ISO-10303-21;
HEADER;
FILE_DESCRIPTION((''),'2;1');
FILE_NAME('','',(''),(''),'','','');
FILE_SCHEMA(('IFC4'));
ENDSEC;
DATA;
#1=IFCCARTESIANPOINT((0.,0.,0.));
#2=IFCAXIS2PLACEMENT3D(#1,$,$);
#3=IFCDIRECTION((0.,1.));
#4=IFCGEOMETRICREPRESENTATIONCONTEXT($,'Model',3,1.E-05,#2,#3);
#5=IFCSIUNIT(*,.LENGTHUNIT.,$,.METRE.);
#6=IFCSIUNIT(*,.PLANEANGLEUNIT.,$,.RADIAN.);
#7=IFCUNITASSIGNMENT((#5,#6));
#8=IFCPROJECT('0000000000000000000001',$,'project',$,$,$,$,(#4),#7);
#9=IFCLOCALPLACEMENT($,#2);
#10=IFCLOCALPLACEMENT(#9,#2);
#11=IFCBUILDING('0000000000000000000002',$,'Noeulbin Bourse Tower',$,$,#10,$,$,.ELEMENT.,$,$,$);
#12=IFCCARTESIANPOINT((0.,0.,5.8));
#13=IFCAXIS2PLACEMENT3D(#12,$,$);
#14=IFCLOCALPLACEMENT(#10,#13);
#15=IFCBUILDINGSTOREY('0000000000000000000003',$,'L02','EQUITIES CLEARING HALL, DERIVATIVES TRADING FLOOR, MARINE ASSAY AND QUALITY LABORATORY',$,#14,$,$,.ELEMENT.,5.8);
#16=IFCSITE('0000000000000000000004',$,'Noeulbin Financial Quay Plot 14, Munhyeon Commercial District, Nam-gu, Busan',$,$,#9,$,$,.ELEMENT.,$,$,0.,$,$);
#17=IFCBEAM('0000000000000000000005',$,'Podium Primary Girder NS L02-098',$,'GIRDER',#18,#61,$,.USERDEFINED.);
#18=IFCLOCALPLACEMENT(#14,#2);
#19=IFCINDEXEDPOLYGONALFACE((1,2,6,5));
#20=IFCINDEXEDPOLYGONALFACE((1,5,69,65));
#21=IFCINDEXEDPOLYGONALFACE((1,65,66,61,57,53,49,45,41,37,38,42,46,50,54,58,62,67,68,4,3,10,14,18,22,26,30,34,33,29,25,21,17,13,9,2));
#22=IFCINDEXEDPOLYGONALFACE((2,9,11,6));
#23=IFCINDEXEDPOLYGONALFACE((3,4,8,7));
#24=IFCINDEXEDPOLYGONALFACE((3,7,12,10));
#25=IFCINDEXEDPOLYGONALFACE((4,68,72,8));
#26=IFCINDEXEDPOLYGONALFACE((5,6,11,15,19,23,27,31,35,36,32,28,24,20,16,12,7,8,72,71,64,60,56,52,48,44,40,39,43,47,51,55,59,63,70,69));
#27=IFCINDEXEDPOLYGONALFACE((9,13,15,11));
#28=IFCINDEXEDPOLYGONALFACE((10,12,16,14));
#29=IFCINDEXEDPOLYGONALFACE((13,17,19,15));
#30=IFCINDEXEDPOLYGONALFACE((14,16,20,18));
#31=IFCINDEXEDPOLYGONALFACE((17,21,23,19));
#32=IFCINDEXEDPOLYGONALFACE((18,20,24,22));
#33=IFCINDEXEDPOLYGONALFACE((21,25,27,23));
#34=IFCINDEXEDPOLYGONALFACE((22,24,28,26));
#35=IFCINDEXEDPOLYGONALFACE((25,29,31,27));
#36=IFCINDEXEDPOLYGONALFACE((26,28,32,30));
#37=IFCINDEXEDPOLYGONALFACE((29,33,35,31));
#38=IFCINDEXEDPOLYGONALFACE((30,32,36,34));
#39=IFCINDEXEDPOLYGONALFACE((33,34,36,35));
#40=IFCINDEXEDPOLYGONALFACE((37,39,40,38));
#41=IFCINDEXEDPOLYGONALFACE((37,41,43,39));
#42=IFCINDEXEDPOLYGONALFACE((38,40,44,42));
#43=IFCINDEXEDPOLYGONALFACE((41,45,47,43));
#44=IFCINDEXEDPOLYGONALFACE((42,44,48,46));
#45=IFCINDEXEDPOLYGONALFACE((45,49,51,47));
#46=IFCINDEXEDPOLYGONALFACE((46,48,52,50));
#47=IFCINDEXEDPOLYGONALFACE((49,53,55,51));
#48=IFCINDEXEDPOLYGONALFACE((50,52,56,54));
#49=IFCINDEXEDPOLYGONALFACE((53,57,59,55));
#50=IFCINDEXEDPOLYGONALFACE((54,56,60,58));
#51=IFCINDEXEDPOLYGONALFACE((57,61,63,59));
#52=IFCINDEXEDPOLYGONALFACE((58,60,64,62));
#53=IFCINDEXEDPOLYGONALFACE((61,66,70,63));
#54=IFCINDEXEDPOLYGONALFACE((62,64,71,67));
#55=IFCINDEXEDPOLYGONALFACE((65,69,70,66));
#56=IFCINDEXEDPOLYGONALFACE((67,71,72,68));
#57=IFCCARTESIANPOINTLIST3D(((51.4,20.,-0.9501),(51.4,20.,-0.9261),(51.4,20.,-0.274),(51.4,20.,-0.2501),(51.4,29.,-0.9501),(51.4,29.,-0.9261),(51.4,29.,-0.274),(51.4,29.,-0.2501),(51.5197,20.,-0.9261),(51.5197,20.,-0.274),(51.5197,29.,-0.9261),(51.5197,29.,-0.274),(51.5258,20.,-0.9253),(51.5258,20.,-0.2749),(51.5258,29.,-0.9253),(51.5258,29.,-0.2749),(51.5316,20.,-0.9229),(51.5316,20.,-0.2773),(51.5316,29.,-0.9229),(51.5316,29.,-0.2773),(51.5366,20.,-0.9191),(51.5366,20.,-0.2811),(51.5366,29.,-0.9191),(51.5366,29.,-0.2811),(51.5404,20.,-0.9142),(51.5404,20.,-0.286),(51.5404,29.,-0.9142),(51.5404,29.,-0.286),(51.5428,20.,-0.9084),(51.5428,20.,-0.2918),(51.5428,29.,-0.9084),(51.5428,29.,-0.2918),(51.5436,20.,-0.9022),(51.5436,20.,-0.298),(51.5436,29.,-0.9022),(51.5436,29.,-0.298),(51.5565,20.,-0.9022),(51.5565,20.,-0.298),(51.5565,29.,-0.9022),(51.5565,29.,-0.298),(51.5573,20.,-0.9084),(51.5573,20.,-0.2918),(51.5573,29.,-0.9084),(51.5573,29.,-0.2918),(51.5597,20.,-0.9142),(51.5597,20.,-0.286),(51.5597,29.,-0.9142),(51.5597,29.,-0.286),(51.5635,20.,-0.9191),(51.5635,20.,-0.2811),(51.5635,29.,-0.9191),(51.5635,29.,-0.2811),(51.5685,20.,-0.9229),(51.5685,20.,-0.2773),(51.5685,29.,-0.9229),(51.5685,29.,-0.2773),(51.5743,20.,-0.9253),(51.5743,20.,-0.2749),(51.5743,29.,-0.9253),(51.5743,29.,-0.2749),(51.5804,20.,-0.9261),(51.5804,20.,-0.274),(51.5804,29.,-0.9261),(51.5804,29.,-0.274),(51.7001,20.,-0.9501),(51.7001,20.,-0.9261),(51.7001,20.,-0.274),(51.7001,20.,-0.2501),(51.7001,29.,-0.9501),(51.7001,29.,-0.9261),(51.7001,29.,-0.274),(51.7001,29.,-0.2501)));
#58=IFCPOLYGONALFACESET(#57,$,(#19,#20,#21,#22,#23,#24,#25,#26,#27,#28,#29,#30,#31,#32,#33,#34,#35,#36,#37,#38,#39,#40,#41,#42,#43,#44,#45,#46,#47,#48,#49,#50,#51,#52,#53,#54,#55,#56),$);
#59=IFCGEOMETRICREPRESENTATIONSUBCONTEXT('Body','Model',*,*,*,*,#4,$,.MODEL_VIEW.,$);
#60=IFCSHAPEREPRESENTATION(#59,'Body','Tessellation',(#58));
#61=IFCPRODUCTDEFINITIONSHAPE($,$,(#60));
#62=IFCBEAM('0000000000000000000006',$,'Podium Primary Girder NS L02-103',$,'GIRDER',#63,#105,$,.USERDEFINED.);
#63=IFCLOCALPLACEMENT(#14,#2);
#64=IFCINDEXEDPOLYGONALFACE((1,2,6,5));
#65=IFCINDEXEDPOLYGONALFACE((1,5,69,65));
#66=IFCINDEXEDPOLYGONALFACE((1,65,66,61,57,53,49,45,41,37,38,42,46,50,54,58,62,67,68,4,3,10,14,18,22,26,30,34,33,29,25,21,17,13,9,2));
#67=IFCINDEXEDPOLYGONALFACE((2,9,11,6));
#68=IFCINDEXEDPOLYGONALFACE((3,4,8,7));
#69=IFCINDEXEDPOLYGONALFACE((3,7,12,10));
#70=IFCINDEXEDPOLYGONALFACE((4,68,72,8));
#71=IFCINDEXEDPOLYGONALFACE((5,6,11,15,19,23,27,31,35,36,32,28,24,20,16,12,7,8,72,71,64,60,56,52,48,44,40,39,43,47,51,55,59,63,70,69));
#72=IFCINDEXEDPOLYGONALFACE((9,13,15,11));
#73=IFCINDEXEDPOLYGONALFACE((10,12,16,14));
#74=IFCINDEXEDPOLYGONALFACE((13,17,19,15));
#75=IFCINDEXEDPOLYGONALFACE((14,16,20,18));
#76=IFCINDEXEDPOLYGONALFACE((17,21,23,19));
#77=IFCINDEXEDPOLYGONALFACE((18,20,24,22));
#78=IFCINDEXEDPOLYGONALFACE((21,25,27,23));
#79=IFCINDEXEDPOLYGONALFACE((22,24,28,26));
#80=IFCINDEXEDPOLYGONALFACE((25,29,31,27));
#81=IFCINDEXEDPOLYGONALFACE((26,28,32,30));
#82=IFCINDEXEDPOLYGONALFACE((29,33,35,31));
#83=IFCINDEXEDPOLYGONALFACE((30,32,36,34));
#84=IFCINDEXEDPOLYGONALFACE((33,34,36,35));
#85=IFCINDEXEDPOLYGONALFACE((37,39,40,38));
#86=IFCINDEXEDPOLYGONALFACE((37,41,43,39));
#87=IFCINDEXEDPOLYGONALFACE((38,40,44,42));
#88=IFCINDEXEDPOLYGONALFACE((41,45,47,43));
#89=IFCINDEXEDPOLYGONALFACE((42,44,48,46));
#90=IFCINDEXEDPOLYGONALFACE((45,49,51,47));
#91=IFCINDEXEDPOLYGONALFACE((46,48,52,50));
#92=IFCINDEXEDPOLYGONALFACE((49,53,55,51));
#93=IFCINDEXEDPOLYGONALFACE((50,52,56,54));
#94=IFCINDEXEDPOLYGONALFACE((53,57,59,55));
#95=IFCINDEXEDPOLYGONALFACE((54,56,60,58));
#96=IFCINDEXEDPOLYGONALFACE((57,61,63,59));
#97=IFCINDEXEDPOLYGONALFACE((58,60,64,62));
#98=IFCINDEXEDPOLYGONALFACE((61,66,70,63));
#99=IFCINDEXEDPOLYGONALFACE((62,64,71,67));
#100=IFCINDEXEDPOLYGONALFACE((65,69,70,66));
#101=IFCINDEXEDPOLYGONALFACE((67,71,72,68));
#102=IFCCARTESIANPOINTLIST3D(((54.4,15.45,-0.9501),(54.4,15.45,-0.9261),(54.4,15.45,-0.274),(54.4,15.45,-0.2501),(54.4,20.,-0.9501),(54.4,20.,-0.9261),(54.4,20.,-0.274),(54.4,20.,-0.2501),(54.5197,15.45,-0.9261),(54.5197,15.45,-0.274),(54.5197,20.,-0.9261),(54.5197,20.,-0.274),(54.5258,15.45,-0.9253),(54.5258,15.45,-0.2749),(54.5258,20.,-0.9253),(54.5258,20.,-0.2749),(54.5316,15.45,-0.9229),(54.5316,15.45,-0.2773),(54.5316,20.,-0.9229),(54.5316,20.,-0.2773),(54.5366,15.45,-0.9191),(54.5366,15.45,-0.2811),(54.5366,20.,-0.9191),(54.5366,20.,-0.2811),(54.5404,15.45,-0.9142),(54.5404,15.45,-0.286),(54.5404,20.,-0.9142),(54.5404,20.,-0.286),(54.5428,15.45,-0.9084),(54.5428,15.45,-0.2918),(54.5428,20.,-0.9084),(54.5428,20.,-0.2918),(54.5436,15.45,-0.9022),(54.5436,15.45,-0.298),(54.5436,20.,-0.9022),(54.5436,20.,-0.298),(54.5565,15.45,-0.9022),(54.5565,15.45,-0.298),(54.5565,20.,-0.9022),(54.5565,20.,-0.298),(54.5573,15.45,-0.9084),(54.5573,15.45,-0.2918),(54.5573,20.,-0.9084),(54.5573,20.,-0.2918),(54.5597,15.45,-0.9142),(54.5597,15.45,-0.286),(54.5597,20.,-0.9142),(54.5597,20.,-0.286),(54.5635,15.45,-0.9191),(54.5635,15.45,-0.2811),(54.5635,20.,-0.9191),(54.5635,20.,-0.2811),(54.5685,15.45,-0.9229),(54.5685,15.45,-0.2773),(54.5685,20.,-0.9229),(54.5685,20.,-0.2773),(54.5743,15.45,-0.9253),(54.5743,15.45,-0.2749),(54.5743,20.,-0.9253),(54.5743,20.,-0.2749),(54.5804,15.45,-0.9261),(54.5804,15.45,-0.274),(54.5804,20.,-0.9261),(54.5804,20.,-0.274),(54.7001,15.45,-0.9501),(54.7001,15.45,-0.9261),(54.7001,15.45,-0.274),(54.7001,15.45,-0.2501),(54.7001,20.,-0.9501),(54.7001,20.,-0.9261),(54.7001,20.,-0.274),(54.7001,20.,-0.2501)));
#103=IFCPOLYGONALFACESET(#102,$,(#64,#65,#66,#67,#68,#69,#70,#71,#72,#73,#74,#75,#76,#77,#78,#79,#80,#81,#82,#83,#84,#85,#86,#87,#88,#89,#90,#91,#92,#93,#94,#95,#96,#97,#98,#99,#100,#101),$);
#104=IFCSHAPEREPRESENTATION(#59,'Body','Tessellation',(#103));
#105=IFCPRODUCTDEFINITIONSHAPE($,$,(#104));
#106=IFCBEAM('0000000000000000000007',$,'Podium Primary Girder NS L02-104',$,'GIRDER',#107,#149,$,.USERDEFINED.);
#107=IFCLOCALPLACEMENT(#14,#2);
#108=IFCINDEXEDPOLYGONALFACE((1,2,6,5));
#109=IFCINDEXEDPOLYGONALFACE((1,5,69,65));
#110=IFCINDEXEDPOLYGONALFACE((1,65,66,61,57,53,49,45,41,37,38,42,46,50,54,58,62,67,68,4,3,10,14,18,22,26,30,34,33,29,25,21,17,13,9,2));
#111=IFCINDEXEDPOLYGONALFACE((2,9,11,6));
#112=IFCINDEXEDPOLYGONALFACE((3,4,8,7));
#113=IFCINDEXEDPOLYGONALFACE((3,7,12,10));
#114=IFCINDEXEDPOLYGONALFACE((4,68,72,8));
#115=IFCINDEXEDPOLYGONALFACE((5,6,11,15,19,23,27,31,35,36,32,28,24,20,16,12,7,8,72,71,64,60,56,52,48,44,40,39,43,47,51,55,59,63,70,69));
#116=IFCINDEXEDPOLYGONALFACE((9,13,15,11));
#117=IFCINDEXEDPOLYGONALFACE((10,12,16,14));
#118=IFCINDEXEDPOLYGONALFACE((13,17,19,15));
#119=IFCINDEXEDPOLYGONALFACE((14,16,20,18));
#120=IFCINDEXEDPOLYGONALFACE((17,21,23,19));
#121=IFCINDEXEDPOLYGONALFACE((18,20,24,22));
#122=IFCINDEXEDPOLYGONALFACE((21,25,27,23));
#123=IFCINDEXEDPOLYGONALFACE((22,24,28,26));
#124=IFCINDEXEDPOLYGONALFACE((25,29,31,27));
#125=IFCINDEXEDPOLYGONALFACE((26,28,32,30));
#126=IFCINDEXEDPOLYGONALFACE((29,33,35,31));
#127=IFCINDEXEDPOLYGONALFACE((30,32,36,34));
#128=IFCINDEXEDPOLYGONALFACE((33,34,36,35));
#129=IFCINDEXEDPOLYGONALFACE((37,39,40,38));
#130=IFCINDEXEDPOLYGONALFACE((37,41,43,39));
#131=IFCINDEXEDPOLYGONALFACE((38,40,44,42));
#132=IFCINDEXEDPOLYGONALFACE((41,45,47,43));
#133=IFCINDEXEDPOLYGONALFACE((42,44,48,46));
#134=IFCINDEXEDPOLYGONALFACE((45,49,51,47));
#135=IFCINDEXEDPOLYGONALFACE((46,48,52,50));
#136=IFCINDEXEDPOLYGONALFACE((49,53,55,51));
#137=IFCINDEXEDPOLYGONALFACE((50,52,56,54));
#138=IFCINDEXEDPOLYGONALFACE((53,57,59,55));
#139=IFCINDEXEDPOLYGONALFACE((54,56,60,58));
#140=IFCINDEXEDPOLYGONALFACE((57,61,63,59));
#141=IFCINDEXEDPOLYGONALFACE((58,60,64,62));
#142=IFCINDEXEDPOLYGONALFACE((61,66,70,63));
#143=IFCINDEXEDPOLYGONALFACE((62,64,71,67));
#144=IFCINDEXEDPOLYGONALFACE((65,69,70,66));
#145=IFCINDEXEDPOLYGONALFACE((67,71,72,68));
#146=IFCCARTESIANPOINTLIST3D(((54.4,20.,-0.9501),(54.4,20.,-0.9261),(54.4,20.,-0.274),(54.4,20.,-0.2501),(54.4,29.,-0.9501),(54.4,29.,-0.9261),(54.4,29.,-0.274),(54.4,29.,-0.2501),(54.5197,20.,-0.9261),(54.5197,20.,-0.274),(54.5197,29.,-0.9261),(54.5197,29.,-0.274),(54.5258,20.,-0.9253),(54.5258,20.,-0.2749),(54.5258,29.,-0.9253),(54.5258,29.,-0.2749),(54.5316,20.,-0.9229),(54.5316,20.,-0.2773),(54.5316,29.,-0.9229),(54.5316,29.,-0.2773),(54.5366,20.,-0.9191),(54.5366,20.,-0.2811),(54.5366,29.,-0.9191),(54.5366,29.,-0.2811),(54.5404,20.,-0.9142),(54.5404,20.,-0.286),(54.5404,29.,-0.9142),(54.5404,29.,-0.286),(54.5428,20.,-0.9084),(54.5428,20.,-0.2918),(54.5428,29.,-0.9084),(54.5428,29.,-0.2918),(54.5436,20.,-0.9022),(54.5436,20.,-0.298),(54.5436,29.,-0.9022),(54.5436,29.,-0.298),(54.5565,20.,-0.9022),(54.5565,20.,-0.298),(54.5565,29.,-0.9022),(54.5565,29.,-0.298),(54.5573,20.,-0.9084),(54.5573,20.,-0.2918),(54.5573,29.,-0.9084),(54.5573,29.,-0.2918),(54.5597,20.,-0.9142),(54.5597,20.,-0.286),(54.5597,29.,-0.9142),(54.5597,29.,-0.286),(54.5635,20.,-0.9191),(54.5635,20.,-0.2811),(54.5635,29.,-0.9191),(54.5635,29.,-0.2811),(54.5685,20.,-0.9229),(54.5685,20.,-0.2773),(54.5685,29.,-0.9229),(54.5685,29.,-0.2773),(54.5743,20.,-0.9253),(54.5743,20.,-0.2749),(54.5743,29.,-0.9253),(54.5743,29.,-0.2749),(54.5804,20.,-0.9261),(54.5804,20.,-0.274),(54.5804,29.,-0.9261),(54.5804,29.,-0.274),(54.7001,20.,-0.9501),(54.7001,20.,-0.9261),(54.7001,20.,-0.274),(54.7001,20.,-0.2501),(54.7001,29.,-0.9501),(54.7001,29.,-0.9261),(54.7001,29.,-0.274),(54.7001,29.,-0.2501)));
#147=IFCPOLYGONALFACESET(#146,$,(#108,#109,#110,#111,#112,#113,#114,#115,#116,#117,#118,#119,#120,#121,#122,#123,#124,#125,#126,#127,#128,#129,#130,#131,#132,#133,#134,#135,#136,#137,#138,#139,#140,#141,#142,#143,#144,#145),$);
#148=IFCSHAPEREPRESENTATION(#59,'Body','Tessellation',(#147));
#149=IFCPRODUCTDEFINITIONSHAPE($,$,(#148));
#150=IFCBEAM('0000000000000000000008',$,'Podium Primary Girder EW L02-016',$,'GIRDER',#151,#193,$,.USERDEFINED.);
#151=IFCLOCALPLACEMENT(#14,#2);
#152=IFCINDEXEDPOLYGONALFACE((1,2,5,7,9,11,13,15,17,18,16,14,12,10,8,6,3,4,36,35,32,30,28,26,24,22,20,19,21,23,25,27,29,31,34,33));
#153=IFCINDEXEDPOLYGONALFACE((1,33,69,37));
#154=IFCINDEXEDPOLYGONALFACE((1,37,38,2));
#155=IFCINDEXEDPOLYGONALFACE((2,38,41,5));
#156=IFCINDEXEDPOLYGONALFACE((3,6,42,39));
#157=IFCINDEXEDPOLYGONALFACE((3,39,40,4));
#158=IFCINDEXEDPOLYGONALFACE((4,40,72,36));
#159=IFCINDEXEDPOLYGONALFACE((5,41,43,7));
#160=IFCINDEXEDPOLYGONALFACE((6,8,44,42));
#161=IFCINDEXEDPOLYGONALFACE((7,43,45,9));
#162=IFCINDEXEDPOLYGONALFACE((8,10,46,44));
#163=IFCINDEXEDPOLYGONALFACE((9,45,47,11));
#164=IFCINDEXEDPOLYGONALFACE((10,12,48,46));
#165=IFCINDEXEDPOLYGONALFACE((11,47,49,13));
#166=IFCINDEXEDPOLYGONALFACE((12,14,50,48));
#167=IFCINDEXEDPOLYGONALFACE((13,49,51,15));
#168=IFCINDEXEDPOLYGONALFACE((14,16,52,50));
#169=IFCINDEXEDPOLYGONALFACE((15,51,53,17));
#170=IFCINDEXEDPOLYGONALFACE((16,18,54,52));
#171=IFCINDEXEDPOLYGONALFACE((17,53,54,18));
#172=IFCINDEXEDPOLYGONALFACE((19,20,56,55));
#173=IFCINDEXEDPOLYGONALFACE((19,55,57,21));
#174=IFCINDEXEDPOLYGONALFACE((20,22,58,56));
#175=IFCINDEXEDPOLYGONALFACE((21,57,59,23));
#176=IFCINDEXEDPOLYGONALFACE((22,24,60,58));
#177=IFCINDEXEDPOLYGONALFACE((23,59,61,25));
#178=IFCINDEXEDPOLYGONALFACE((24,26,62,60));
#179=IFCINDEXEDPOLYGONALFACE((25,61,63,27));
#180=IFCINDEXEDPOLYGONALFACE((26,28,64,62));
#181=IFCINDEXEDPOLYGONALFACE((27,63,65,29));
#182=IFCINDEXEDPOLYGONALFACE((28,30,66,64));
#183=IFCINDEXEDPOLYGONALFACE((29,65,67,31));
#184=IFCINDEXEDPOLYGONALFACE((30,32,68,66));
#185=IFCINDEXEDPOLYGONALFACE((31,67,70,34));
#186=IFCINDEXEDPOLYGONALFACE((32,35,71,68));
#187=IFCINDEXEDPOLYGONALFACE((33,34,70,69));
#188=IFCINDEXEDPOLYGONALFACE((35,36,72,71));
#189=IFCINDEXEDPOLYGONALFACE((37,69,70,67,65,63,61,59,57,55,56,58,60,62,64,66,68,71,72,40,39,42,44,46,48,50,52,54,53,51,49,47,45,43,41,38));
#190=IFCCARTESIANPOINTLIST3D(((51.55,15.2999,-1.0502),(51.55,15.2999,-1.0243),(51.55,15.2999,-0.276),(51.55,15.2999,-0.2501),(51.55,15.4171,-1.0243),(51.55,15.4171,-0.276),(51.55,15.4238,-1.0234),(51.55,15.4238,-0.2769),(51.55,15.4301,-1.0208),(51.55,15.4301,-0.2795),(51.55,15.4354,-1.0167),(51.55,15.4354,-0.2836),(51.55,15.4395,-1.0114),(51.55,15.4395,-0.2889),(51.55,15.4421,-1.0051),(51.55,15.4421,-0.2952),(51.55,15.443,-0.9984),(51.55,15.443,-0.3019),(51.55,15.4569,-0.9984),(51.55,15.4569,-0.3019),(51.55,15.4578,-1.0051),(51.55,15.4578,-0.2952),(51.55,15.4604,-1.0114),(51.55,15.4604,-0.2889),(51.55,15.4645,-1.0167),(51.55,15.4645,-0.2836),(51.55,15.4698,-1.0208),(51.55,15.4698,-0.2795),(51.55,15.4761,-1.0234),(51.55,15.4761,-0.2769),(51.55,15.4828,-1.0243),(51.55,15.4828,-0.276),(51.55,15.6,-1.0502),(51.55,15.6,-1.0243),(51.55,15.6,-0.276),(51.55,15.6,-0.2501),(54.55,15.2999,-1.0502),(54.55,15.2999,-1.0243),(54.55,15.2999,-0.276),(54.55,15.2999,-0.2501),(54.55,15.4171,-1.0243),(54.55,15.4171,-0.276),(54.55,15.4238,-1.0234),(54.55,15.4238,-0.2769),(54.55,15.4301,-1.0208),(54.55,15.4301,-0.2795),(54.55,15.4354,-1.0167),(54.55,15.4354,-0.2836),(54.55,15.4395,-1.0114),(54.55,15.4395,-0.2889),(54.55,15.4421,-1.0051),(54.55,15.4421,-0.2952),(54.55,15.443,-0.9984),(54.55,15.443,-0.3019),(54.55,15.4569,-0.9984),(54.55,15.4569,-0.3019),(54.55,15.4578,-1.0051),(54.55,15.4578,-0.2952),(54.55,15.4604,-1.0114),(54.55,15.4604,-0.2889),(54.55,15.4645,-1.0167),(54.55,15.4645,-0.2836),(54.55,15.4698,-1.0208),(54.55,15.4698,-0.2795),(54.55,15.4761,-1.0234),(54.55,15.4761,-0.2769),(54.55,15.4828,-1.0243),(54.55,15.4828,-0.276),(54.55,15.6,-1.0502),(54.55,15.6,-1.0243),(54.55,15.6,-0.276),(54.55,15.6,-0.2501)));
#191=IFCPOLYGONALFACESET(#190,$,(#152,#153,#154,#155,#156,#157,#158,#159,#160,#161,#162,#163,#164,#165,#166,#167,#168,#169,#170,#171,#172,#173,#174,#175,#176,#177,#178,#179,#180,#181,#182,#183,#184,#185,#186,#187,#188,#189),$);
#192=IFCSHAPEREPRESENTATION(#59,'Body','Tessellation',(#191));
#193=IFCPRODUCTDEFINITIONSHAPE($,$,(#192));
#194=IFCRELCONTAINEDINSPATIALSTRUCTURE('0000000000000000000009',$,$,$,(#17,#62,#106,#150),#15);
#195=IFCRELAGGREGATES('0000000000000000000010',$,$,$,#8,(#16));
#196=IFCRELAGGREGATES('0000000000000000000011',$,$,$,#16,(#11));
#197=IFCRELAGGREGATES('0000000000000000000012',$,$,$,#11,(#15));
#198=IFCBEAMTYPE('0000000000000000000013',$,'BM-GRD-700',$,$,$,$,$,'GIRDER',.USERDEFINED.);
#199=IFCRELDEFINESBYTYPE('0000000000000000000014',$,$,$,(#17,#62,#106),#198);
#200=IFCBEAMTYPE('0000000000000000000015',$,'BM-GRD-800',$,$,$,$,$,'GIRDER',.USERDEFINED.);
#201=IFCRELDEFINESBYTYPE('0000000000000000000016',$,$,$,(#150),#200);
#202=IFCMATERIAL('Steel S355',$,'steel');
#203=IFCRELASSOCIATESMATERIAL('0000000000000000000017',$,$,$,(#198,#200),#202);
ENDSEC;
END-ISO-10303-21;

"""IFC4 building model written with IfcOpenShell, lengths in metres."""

from ifc_helpers import new_model, si_unit, direction, frame, origin, origin_2d, place, context, subcontext, project, spatial, i_section, extrude, material, material_profile, profile_set, type_object, element, save


model = new_model("IFC4")

# Units and contexts
model_context = context("Model", 3, precision=1e-05, world=origin(), true_north=direction((0.0, 1.0)))
body_context = subcontext(model_context, "Body", "Model", "MODEL_VIEW")
ifc_project = project(units=[si_unit("LENGTHUNIT", "METRE"), si_unit("PLANEANGLEUNIT", "RADIAN")], contexts=[model_context])

# Site, building, storey
site_placement = place(None, origin())
site = spatial("IfcSite", under=ifc_project, at=site_placement, Name="Noeulbin Financial Quay Plot 14, Munhyeon Commercial District, Nam-gu, Busan", CompositionType="ELEMENT", RefElevation=0.0)
building_placement = place(site_placement, origin())
building = spatial("IfcBuilding", under=site, at=building_placement, Name="Noeulbin Bourse Tower", CompositionType="ELEMENT")
storey_placement = place(building_placement, frame((0.0, 0.0, 5.8)))
storey = spatial("IfcBuildingStorey", under=building, at=storey_placement, Name="L02", Description="EQUITIES CLEARING HALL, DERIVATIVES TRADING FLOOR, MARINE ASSAY AND QUALITY LABORATORY", CompositionType="ELEMENT", Elevation=5.8)

# Beams
ifc_material_1 = material(Name="Steel S355", Category="steel")
ifc_material_profile_1 = material_profile(ifc_material_1, i_section(OverallWidth=0.3, OverallDepth=0.7, WebThickness=0.0129, FlangeThickness=0.0239, FilletRadius=0.0239, at=origin_2d()), Name="H-700x300x13x24", Category="LoadBearing")
ifc_profile_set_1 = profile_set([ifc_material_profile_1], Name="Steel S355")
beam_type_1 = type_object("IfcBeamType", Name="BM-GRD-700", ElementType="GIRDER", PredefinedType="USERDEFINED", material=ifc_profile_set_1)
beam_1_placement = place(storey_placement, frame((51.55, 20.0, -0.6001), z_axis=(0.0, 1.0, 0.0), x_axis=(-1.0, 0.0, 0.0)))
element("IfcBeam", 1, at=beam_1_placement, inside=storey, type_object=beam_type_1, Name="Podium Primary Girder NS L02-098", ObjectType="GIRDER", PredefinedType="USERDEFINED", context=body_context, shape_type="SweptSolid", body=[
    extrude(i_section(OverallWidth=0.3, OverallDepth=0.7, WebThickness=0.0129, FlangeThickness=0.0239, FilletRadius=0.0239, at=origin_2d()), origin(), (0.0, 0.0, 1.0), 9.0),
])
beam_2_placement = place(storey_placement, frame((54.55, 15.45, -0.6001), z_axis=(0.0, 1.0, 0.0), x_axis=(-1.0, 0.0, 0.0)))
element("IfcBeam", 2, at=beam_2_placement, inside=storey, type_object=beam_type_1, Name="Podium Primary Girder NS L02-103", ObjectType="GIRDER", PredefinedType="USERDEFINED", context=body_context, shape_type="SweptSolid", body=[
    extrude(i_section(OverallWidth=0.3, OverallDepth=0.7, WebThickness=0.0129, FlangeThickness=0.0239, FilletRadius=0.0239, at=origin_2d()), origin(), (0.0, 0.0, 1.0), 4.55),
])
beam_3_placement = place(storey_placement, frame((54.55, 20.0, -0.6001), z_axis=(0.0, 1.0, 0.0), x_axis=(-1.0, 0.0, 0.0)))
element("IfcBeam", 3, at=beam_3_placement, inside=storey, type_object=beam_type_1, Name="Podium Primary Girder NS L02-104", ObjectType="GIRDER", PredefinedType="USERDEFINED", context=body_context, shape_type="SweptSolid", body=[
    extrude(i_section(OverallWidth=0.3, OverallDepth=0.7, WebThickness=0.0129, FlangeThickness=0.0239, FilletRadius=0.0239, at=origin_2d()), origin(), (0.0, 0.0, 1.0), 9.0),
])
ifc_material_profile_2 = material_profile(ifc_material_1, i_section(OverallWidth=0.3, OverallDepth=0.8, WebThickness=0.0139, FlangeThickness=0.0259, FilletRadius=0.0259, at=origin_2d()), Name="H-800x300x14x26", Category="LoadBearing")
ifc_profile_set_2 = profile_set([ifc_material_profile_2], Name="Steel S355")
beam_type_2 = type_object("IfcBeamType", Name="BM-GRD-800", ElementType="GIRDER", PredefinedType="USERDEFINED", material=ifc_profile_set_2)
beam_4_placement = place(storey_placement, frame((51.55, 15.45, -0.6501), z_axis=(1.0, 0.0, 0.0), x_axis=(0.0, 1.0, 0.0)))
element("IfcBeam", 4, at=beam_4_placement, inside=storey, type_object=beam_type_2, Name="Podium Primary Girder EW L02-016", ObjectType="GIRDER", PredefinedType="USERDEFINED", context=body_context, shape_type="SweptSolid", body=[
    extrude(i_section(OverallWidth=0.3, OverallDepth=0.8, WebThickness=0.0139, FlangeThickness=0.0259, FilletRadius=0.0259, at=origin_2d()), origin(), (0.0, 0.0, 1.0), 3.0),
])

save(model, "model.ifc")
